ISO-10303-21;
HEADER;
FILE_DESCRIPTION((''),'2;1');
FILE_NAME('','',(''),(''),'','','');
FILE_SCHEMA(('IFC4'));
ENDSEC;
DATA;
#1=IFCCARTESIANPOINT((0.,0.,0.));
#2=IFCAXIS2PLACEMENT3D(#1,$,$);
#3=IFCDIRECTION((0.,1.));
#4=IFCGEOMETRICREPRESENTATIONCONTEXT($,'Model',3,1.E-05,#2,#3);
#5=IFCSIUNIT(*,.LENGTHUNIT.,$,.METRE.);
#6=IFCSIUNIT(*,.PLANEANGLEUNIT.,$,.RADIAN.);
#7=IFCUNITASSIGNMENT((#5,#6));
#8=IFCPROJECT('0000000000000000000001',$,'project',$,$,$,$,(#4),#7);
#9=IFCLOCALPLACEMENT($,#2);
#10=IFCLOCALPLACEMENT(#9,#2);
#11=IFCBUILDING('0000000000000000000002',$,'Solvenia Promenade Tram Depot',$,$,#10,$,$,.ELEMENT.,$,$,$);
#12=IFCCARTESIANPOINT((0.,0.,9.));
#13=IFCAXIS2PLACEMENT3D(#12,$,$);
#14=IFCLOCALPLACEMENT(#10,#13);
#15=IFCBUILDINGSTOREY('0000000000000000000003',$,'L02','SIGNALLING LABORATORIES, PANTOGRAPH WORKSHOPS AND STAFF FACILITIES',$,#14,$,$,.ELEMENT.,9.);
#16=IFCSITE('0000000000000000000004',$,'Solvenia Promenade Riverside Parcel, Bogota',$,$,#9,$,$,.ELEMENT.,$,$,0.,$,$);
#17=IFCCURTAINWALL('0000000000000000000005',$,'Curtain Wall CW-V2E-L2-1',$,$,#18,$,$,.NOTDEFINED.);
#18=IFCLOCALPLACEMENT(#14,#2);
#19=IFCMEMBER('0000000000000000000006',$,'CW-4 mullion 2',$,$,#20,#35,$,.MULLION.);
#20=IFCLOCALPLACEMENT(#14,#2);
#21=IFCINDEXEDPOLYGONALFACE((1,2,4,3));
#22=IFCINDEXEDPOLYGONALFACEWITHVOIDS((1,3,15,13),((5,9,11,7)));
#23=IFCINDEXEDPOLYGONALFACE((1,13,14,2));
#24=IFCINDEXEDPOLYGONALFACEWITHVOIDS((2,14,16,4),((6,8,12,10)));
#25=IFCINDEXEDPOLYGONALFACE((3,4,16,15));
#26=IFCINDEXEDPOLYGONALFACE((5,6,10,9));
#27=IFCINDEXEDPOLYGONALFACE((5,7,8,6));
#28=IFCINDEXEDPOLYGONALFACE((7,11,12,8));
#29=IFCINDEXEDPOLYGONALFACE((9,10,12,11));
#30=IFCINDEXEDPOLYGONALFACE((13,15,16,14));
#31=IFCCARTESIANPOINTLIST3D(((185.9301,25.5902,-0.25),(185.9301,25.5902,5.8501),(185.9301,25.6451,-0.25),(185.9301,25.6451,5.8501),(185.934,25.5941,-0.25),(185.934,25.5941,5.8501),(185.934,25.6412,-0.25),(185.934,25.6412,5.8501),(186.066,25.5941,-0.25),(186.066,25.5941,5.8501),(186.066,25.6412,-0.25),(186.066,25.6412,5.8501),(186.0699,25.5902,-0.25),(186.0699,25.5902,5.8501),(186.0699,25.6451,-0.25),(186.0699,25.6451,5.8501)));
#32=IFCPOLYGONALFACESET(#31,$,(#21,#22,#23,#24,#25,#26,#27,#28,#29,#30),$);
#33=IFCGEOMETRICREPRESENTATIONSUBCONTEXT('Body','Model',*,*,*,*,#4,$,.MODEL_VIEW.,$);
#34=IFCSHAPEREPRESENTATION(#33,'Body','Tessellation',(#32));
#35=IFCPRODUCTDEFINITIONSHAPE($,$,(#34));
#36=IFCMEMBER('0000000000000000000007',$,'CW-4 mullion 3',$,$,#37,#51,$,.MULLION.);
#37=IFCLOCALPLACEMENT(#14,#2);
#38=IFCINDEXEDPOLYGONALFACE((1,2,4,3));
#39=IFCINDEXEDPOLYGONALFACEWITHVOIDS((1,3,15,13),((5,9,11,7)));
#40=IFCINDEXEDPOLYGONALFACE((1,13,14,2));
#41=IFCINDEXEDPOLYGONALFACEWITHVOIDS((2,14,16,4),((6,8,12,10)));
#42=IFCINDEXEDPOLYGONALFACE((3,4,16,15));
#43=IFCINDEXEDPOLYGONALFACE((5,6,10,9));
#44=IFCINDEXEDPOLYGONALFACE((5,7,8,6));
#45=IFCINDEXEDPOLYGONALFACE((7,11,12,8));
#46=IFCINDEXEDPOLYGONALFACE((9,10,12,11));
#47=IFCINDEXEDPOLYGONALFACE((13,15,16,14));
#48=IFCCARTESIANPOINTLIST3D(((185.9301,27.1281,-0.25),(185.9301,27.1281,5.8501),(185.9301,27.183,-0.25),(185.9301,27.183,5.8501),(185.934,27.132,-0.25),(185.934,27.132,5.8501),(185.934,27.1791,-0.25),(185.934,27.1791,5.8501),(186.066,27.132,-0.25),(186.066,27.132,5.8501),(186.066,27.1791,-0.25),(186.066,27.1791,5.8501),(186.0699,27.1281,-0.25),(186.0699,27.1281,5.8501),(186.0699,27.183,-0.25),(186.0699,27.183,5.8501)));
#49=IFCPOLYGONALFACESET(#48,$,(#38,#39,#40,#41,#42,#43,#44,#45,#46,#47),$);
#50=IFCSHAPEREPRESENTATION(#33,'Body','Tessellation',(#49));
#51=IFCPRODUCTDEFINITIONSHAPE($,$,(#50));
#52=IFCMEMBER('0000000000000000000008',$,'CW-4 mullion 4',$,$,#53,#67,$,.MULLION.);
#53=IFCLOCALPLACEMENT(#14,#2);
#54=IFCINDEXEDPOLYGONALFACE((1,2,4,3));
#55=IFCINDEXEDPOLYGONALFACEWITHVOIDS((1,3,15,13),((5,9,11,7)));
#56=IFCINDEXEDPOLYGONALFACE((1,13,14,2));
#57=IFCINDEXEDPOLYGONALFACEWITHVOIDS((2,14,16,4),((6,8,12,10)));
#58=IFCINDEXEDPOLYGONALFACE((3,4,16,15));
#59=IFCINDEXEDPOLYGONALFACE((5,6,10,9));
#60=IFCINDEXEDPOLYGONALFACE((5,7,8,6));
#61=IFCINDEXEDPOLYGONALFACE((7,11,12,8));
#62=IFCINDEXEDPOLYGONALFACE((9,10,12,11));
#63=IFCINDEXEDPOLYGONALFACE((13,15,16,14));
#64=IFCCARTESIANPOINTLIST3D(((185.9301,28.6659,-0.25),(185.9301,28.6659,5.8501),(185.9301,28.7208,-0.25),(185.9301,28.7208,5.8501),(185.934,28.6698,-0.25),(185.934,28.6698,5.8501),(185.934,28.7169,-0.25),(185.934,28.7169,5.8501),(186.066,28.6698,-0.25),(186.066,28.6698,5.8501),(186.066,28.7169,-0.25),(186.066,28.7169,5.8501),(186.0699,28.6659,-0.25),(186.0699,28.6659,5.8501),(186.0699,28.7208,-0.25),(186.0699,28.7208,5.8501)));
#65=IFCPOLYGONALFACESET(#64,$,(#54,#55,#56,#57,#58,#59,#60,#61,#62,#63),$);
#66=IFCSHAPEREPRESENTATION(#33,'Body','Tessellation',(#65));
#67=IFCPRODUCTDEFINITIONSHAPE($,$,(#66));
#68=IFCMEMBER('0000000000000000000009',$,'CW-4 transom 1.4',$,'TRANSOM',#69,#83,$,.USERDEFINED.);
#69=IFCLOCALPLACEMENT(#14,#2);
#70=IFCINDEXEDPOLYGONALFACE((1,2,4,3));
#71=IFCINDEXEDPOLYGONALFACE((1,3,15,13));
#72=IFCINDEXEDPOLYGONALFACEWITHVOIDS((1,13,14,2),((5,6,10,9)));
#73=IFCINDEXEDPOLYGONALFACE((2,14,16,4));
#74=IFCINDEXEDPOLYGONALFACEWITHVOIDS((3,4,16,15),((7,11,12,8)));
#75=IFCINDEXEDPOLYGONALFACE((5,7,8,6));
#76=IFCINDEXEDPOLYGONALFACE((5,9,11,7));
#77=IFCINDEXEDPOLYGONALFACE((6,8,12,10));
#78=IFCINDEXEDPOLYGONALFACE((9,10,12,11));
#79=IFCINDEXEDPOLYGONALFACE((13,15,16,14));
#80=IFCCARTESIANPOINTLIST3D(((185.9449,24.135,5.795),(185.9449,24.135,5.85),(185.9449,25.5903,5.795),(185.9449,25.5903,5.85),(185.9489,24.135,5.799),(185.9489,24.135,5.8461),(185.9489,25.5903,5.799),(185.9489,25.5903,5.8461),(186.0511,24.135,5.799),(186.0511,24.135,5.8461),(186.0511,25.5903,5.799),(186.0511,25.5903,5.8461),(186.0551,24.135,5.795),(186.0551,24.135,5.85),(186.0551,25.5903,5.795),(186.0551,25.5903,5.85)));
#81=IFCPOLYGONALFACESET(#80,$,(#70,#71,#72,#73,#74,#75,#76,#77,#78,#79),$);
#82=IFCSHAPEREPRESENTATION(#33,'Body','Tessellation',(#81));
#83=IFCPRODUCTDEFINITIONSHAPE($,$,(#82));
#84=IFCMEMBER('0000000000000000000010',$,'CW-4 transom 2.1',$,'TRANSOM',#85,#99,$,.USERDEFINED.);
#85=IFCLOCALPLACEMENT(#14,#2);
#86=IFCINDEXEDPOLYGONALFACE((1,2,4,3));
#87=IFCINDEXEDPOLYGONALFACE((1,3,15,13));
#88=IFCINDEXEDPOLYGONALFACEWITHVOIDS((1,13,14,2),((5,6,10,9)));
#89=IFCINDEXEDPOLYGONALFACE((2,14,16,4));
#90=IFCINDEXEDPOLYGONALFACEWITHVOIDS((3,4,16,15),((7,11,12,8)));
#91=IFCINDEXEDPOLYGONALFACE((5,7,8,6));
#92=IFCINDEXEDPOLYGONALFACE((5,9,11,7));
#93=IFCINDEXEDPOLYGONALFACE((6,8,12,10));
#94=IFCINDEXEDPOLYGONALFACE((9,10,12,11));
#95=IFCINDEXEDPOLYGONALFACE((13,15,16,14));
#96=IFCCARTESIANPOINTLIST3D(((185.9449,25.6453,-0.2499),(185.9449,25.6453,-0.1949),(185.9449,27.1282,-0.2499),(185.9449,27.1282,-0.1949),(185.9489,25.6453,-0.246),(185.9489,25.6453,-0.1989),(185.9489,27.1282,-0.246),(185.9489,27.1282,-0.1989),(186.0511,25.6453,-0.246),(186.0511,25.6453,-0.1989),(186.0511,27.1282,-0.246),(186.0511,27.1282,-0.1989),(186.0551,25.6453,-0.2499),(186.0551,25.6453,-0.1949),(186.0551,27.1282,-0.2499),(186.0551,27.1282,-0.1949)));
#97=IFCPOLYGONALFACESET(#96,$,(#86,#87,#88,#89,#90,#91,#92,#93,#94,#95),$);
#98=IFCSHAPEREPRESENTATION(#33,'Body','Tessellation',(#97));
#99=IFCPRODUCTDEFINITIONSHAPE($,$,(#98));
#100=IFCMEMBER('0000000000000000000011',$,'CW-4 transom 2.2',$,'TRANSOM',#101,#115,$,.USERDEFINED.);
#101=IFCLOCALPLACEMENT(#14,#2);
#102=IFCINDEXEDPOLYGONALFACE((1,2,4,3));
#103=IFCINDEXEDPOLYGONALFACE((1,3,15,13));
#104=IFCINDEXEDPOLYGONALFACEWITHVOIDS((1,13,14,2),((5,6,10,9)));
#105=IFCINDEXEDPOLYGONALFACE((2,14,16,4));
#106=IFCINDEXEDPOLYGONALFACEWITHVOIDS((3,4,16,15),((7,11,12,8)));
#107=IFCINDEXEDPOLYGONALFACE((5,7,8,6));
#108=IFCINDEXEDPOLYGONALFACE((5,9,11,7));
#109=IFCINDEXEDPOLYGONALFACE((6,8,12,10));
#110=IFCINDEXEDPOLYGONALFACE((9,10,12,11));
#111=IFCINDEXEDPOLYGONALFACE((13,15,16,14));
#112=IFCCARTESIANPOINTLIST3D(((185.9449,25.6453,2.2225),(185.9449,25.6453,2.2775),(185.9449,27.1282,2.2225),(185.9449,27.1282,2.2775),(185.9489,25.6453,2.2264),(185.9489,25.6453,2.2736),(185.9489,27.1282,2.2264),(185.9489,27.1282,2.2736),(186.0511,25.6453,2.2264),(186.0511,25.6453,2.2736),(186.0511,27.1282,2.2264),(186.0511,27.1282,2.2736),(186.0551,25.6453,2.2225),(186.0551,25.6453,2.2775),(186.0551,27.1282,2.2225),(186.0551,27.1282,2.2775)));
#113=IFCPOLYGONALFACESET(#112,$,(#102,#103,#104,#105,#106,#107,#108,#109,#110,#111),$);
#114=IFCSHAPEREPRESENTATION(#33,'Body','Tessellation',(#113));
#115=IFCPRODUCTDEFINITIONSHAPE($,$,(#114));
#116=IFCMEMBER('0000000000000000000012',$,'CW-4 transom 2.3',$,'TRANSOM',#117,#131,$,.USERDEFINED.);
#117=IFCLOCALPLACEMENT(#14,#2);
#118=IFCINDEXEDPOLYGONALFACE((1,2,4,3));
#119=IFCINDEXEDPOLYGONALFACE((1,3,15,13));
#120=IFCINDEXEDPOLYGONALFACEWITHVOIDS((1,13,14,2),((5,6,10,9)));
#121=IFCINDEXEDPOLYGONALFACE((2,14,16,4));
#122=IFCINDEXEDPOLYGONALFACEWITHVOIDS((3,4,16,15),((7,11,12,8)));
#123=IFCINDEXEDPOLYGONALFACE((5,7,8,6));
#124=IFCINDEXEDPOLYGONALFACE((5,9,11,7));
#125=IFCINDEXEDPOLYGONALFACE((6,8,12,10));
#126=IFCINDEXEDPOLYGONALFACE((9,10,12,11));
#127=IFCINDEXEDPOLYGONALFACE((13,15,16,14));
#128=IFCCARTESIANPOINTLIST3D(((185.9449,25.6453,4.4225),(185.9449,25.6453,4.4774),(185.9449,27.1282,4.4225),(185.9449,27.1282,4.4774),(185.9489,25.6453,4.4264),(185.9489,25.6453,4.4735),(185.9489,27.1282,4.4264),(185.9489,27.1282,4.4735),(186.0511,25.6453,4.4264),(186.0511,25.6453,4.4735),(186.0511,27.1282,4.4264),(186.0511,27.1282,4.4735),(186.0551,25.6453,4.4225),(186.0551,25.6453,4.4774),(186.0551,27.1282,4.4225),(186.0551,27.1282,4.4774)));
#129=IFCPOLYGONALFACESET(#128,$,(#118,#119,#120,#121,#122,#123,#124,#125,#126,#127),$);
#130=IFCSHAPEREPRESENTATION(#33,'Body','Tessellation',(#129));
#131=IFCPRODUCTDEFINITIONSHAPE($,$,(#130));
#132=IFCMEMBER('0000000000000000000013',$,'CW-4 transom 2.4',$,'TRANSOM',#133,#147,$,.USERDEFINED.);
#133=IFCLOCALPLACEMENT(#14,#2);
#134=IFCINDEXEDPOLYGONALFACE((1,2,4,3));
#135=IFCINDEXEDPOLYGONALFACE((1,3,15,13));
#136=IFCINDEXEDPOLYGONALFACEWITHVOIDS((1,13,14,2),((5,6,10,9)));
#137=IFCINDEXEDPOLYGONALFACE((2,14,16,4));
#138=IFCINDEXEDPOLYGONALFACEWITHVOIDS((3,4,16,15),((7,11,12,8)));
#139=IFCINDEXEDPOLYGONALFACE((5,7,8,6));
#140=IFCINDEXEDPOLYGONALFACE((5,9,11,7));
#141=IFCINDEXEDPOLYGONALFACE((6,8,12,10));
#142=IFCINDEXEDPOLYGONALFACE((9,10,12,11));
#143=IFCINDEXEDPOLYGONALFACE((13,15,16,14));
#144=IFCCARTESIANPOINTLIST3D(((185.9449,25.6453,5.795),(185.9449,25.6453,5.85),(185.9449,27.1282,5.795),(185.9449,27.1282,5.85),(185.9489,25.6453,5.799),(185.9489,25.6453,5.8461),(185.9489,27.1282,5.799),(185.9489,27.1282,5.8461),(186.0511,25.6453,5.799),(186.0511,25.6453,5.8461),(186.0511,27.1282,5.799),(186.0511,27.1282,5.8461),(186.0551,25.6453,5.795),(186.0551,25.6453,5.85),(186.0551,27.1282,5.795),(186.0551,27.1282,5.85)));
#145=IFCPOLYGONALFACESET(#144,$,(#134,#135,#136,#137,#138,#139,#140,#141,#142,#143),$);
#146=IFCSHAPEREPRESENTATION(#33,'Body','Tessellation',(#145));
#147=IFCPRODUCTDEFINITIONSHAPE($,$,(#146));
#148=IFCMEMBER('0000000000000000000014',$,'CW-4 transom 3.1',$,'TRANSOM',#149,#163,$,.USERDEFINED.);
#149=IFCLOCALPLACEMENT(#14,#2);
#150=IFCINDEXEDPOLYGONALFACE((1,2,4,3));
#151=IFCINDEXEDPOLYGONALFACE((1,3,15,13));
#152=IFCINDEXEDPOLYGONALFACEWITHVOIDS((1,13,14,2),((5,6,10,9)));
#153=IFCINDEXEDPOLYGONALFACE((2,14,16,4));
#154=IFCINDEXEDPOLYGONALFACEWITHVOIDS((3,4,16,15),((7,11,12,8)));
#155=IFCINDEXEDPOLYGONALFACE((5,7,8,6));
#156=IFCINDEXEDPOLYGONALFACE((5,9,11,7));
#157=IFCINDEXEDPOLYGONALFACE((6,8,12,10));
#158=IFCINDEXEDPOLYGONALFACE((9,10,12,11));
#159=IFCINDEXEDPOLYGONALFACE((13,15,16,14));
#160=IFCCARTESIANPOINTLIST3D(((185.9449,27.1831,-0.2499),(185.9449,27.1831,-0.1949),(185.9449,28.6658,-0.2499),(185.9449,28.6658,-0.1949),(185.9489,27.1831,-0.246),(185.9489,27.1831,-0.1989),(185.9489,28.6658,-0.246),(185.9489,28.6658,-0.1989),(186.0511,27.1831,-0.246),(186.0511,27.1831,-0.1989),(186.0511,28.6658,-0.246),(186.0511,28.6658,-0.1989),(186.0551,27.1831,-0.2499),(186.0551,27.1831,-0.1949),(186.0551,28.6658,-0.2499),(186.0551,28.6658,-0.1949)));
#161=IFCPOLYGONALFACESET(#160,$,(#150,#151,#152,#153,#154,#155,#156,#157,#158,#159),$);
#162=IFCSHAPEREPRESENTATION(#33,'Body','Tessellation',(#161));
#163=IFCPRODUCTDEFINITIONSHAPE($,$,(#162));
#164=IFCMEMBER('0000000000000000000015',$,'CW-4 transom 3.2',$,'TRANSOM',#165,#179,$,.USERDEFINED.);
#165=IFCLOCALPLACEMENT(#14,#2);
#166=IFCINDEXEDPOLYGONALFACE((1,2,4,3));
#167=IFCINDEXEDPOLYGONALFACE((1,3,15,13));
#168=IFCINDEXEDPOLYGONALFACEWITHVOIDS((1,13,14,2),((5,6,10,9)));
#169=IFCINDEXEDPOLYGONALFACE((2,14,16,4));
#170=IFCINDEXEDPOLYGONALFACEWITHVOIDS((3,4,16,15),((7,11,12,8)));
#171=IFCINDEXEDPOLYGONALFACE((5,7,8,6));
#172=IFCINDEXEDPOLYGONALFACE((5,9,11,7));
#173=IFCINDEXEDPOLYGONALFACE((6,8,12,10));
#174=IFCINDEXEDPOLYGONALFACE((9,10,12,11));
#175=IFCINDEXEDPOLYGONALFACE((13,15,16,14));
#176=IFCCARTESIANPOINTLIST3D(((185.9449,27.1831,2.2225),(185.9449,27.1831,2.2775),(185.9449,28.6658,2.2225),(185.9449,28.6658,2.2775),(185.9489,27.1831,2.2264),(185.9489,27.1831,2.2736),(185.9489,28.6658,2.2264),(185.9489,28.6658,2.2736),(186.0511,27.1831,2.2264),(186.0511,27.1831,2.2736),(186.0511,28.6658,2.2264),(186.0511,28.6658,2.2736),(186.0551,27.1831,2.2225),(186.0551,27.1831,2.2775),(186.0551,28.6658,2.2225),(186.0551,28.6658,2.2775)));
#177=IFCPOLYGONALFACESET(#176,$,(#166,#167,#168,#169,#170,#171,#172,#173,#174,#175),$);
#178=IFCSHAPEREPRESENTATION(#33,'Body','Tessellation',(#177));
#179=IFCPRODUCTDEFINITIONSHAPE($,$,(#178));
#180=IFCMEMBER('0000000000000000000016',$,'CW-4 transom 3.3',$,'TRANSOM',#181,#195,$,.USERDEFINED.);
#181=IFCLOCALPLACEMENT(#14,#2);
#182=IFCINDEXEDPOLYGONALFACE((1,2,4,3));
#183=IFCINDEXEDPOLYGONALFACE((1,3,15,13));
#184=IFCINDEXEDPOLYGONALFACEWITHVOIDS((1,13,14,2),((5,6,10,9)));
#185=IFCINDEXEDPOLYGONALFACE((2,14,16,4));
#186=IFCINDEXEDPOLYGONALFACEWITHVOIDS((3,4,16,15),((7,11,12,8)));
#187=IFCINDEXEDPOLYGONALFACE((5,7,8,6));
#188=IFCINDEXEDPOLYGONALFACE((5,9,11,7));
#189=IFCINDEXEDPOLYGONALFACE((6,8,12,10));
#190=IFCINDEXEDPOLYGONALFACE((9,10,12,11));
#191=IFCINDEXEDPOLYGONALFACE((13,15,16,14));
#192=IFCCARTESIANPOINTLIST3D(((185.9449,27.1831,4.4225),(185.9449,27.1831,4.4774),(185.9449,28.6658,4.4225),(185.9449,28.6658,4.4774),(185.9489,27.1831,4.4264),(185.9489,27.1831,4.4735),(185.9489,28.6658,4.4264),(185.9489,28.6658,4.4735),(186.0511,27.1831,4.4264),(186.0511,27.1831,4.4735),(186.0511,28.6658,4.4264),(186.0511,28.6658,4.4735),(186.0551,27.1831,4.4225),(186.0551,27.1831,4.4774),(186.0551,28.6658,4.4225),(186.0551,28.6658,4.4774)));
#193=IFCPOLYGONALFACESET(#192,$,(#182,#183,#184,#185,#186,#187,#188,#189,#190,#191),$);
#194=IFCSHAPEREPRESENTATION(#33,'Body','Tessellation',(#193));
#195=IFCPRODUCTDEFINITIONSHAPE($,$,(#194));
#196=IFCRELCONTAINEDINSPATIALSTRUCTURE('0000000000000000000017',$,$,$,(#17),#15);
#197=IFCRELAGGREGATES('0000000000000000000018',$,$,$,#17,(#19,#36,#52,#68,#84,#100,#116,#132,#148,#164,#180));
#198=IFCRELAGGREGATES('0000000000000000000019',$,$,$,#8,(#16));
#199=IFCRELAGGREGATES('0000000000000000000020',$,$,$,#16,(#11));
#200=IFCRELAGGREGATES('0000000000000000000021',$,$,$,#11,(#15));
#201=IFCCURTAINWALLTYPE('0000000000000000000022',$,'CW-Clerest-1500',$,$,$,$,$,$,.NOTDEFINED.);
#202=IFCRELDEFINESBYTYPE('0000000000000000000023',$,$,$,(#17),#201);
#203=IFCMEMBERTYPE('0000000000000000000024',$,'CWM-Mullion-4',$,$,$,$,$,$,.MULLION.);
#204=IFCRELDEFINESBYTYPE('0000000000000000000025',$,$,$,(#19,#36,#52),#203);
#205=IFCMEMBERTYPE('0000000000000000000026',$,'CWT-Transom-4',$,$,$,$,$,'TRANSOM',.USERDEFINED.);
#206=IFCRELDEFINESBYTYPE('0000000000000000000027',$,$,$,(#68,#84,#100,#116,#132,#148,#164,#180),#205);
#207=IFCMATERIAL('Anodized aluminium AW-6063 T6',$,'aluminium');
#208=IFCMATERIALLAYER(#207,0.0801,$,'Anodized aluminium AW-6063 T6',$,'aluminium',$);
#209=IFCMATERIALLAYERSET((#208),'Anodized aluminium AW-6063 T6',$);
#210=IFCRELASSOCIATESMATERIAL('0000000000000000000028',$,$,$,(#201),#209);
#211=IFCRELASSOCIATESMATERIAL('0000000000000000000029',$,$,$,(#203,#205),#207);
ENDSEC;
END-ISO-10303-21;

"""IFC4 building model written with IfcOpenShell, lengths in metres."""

from ifc_helpers import new_model, si_unit, direction, frame, origin, origin_2d, place, context, subcontext, project, spatial, hollow_rectangle, extrude, material, layer, layer_set, material_profile, profile_set, type_object, element, aggregate, save


model = new_model("IFC4")

# Units and contexts
model_context = context("Model", 3, precision=1e-05, world=origin(), true_north=direction((0.0, 1.0)))
body_context = subcontext(model_context, "Body", "Model", "MODEL_VIEW")
ifc_project = project(units=[si_unit("LENGTHUNIT", "METRE"), si_unit("PLANEANGLEUNIT", "RADIAN")], contexts=[model_context])

# Site, building, storey
site_placement = place(None, origin())
site = spatial("IfcSite", under=ifc_project, at=site_placement, Name="Solvenia Promenade Riverside Parcel, Bogota", CompositionType="ELEMENT", RefElevation=0.0)
building_placement = place(site_placement, origin())
building = spatial("IfcBuilding", under=site, at=building_placement, Name="Solvenia Promenade Tram Depot", CompositionType="ELEMENT")
storey_placement = place(building_placement, frame((0.0, 0.0, 9.0)))
storey = spatial("IfcBuildingStorey", under=building, at=storey_placement, Name="L02", Description="SIGNALLING LABORATORIES, PANTOGRAPH WORKSHOPS AND STAFF FACILITIES", CompositionType="ELEMENT", Elevation=9.0)

# Curtain wall, members
ifc_material_1 = material(Name="Anodized aluminium AW-6063 T6", Category="aluminium")
ifc_layer_1 = layer(ifc_material_1, 0.0801, Name="Anodized aluminium AW-6063 T6", Category="aluminium")
ifc_layer_set_1 = layer_set([ifc_layer_1], Name="Anodized aluminium AW-6063 T6")
curtain_wall_type = type_object("IfcCurtainWallType", Name="CW-Clerest-1500", PredefinedType="NOTDEFINED", material=ifc_layer_set_1)
curtain_wall_placement = place(storey_placement, origin())
curtain_wall = element("IfcCurtainWall", 1, at=curtain_wall_placement, inside=storey, type_object=curtain_wall_type, Name="Curtain Wall CW-V2E-L2-1", PredefinedType="NOTDEFINED")
ifc_material_profile_1 = material_profile(ifc_material_1, hollow_rectangle(XDim=0.1399, YDim=0.0549, WallThickness=0.0039, at=origin_2d()), Name="ALU-M4", Category="aluminium")
ifc_profile_set_1 = profile_set([ifc_material_profile_1], Name="Anodized aluminium AW-6063 T6")
member_type_1 = type_object("IfcMemberType", Name="CWM-Mullion-4", PredefinedType="MULLION", material=ifc_profile_set_1)
member_1_placement = place(storey_placement, frame((186.0, 25.6177, -0.25), z_axis=(0.0, 0.0, 1.0), x_axis=(-1.0, 0.0, 0.0)))
member_1 = element("IfcMember", 2, at=member_1_placement, type_object=member_type_1, Name="CW-4 mullion 2", PredefinedType="MULLION", context=body_context, shape_type="SweptSolid", body=[
    extrude(hollow_rectangle(XDim=0.1399, YDim=0.0549, WallThickness=0.0039, at=origin_2d()), origin(), (0.0, 0.0, 1.0), 6.1001),
])
member_2_placement = place(storey_placement, frame((186.0, 27.1555, -0.25), z_axis=(0.0, 0.0, 1.0), x_axis=(-1.0, 0.0, 0.0)))
member_2 = element("IfcMember", 3, at=member_2_placement, type_object=member_type_1, Name="CW-4 mullion 3", PredefinedType="MULLION", context=body_context, shape_type="SweptSolid", body=[
    extrude(hollow_rectangle(XDim=0.1399, YDim=0.0549, WallThickness=0.0039, at=origin_2d()), origin(), (0.0, 0.0, 1.0), 6.1001),
])
member_3_placement = place(storey_placement, frame((186.0, 28.6934, -0.25), z_axis=(0.0, 0.0, 1.0), x_axis=(-1.0, 0.0, 0.0)))
member_3 = element("IfcMember", 4, at=member_3_placement, type_object=member_type_1, Name="CW-4 mullion 4", PredefinedType="MULLION", context=body_context, shape_type="SweptSolid", body=[
    extrude(hollow_rectangle(XDim=0.1399, YDim=0.0549, WallThickness=0.0039, at=origin_2d()), origin(), (0.0, 0.0, 1.0), 6.1001),
])
ifc_material_profile_2 = material_profile(ifc_material_1, hollow_rectangle(XDim=0.1101, YDim=0.0549, WallThickness=0.0039, at=origin_2d()), Name="ALU-T4", Category="aluminium")
ifc_profile_set_2 = profile_set([ifc_material_profile_2], Name="Anodized aluminium AW-6063 T6")
member_type_2 = type_object("IfcMemberType", Name="CWT-Transom-4", ElementType="TRANSOM", PredefinedType="USERDEFINED", material=ifc_profile_set_2)
member_4_placement = place(storey_placement, frame((186.0, 24.135, 5.8225), z_axis=(0.0, 1.0, 0.0), x_axis=(-1.0, 0.0, 0.0)))
member_4 = element("IfcMember", 5, at=member_4_placement, type_object=member_type_2, Name="CW-4 transom 1.4", ObjectType="TRANSOM", PredefinedType="USERDEFINED", context=body_context, shape_type="SweptSolid", body=[
    extrude(hollow_rectangle(XDim=0.1101, YDim=0.0549, WallThickness=0.0039, at=origin_2d()), origin(), (0.0, 0.0, 1.0), 1.4553),
])
member_5_placement = place(storey_placement, frame((186.0, 25.6453, -0.2224), z_axis=(0.0, 1.0, 0.0), x_axis=(-1.0, 0.0, 0.0)))
member_5 = element("IfcMember", 6, at=member_5_placement, type_object=member_type_2, Name="CW-4 transom 2.1", ObjectType="TRANSOM", PredefinedType="USERDEFINED", context=body_context, shape_type="SweptSolid", body=[
    extrude(hollow_rectangle(XDim=0.1101, YDim=0.0549, WallThickness=0.0039, at=origin_2d()), origin(), (0.0, 0.0, 1.0), 1.4829),
])
member_6_placement = place(storey_placement, frame((186.0, 25.6453, 2.25), z_axis=(0.0, 1.0, 0.0), x_axis=(-1.0, 0.0, 0.0)))
member_6 = element("IfcMember", 7, at=member_6_placement, type_object=member_type_2, Name="CW-4 transom 2.2", ObjectType="TRANSOM", PredefinedType="USERDEFINED", context=body_context, shape_type="SweptSolid", body=[
    extrude(hollow_rectangle(XDim=0.1101, YDim=0.0549, WallThickness=0.0039, at=origin_2d()), origin(), (0.0, 0.0, 1.0), 1.4829),
])
member_7_placement = place(storey_placement, frame((186.0, 25.6453, 4.45), z_axis=(0.0, 1.0, 0.0), x_axis=(-1.0, 0.0, 0.0)))
member_7 = element("IfcMember", 8, at=member_7_placement, type_object=member_type_2, Name="CW-4 transom 2.3", ObjectType="TRANSOM", PredefinedType="USERDEFINED", context=body_context, shape_type="SweptSolid", body=[
    extrude(hollow_rectangle(XDim=0.1101, YDim=0.0549, WallThickness=0.0039, at=origin_2d()), origin(), (0.0, 0.0, 1.0), 1.4829),
])
member_8_placement = place(storey_placement, frame((186.0, 25.6453, 5.8225), z_axis=(0.0, 1.0, 0.0), x_axis=(-1.0, 0.0, 0.0)))
member_8 = element("IfcMember", 9, at=member_8_placement, type_object=member_type_2, Name="CW-4 transom 2.4", ObjectType="TRANSOM", PredefinedType="USERDEFINED", context=body_context, shape_type="SweptSolid", body=[
    extrude(hollow_rectangle(XDim=0.1101, YDim=0.0549, WallThickness=0.0039, at=origin_2d()), origin(), (0.0, 0.0, 1.0), 1.4829),
])
member_9_placement = place(storey_placement, frame((186.0, 27.1831, -0.2224), z_axis=(0.0, 1.0, 0.0), x_axis=(-1.0, 0.0, 0.0)))
member_9 = element("IfcMember", 10, at=member_9_placement, type_object=member_type_2, Name="CW-4 transom 3.1", ObjectType="TRANSOM", PredefinedType="USERDEFINED", context=body_context, shape_type="SweptSolid", body=[
    extrude(hollow_rectangle(XDim=0.1101, YDim=0.0549, WallThickness=0.0039, at=origin_2d()), origin(), (0.0, 0.0, 1.0), 1.4827),
])
member_10_placement = place(storey_placement, frame((186.0, 27.1831, 2.25), z_axis=(0.0, 1.0, 0.0), x_axis=(-1.0, 0.0, 0.0)))
member_10 = element("IfcMember", 11, at=member_10_placement, type_object=member_type_2, Name="CW-4 transom 3.2", ObjectType="TRANSOM", PredefinedType="USERDEFINED", context=body_context, shape_type="SweptSolid", body=[
    extrude(hollow_rectangle(XDim=0.1101, YDim=0.0549, WallThickness=0.0039, at=origin_2d()), origin(), (0.0, 0.0, 1.0), 1.4827),
])
member_11_placement = place(storey_placement, frame((186.0, 27.1831, 4.45), z_axis=(0.0, 1.0, 0.0), x_axis=(-1.0, 0.0, 0.0)))
member_11 = element("IfcMember", 12, at=member_11_placement, type_object=member_type_2, Name="CW-4 transom 3.3", ObjectType="TRANSOM", PredefinedType="USERDEFINED", context=body_context, shape_type="SweptSolid", body=[
    extrude(hollow_rectangle(XDim=0.1101, YDim=0.0549, WallThickness=0.0039, at=origin_2d()), origin(), (0.0, 0.0, 1.0), 1.4827),
])

aggregate(curtain_wall, [member_1, member_2, member_3, member_4, member_5, member_6, member_7, member_8, member_9, member_10, member_11])

save(model, "model.ifc")
